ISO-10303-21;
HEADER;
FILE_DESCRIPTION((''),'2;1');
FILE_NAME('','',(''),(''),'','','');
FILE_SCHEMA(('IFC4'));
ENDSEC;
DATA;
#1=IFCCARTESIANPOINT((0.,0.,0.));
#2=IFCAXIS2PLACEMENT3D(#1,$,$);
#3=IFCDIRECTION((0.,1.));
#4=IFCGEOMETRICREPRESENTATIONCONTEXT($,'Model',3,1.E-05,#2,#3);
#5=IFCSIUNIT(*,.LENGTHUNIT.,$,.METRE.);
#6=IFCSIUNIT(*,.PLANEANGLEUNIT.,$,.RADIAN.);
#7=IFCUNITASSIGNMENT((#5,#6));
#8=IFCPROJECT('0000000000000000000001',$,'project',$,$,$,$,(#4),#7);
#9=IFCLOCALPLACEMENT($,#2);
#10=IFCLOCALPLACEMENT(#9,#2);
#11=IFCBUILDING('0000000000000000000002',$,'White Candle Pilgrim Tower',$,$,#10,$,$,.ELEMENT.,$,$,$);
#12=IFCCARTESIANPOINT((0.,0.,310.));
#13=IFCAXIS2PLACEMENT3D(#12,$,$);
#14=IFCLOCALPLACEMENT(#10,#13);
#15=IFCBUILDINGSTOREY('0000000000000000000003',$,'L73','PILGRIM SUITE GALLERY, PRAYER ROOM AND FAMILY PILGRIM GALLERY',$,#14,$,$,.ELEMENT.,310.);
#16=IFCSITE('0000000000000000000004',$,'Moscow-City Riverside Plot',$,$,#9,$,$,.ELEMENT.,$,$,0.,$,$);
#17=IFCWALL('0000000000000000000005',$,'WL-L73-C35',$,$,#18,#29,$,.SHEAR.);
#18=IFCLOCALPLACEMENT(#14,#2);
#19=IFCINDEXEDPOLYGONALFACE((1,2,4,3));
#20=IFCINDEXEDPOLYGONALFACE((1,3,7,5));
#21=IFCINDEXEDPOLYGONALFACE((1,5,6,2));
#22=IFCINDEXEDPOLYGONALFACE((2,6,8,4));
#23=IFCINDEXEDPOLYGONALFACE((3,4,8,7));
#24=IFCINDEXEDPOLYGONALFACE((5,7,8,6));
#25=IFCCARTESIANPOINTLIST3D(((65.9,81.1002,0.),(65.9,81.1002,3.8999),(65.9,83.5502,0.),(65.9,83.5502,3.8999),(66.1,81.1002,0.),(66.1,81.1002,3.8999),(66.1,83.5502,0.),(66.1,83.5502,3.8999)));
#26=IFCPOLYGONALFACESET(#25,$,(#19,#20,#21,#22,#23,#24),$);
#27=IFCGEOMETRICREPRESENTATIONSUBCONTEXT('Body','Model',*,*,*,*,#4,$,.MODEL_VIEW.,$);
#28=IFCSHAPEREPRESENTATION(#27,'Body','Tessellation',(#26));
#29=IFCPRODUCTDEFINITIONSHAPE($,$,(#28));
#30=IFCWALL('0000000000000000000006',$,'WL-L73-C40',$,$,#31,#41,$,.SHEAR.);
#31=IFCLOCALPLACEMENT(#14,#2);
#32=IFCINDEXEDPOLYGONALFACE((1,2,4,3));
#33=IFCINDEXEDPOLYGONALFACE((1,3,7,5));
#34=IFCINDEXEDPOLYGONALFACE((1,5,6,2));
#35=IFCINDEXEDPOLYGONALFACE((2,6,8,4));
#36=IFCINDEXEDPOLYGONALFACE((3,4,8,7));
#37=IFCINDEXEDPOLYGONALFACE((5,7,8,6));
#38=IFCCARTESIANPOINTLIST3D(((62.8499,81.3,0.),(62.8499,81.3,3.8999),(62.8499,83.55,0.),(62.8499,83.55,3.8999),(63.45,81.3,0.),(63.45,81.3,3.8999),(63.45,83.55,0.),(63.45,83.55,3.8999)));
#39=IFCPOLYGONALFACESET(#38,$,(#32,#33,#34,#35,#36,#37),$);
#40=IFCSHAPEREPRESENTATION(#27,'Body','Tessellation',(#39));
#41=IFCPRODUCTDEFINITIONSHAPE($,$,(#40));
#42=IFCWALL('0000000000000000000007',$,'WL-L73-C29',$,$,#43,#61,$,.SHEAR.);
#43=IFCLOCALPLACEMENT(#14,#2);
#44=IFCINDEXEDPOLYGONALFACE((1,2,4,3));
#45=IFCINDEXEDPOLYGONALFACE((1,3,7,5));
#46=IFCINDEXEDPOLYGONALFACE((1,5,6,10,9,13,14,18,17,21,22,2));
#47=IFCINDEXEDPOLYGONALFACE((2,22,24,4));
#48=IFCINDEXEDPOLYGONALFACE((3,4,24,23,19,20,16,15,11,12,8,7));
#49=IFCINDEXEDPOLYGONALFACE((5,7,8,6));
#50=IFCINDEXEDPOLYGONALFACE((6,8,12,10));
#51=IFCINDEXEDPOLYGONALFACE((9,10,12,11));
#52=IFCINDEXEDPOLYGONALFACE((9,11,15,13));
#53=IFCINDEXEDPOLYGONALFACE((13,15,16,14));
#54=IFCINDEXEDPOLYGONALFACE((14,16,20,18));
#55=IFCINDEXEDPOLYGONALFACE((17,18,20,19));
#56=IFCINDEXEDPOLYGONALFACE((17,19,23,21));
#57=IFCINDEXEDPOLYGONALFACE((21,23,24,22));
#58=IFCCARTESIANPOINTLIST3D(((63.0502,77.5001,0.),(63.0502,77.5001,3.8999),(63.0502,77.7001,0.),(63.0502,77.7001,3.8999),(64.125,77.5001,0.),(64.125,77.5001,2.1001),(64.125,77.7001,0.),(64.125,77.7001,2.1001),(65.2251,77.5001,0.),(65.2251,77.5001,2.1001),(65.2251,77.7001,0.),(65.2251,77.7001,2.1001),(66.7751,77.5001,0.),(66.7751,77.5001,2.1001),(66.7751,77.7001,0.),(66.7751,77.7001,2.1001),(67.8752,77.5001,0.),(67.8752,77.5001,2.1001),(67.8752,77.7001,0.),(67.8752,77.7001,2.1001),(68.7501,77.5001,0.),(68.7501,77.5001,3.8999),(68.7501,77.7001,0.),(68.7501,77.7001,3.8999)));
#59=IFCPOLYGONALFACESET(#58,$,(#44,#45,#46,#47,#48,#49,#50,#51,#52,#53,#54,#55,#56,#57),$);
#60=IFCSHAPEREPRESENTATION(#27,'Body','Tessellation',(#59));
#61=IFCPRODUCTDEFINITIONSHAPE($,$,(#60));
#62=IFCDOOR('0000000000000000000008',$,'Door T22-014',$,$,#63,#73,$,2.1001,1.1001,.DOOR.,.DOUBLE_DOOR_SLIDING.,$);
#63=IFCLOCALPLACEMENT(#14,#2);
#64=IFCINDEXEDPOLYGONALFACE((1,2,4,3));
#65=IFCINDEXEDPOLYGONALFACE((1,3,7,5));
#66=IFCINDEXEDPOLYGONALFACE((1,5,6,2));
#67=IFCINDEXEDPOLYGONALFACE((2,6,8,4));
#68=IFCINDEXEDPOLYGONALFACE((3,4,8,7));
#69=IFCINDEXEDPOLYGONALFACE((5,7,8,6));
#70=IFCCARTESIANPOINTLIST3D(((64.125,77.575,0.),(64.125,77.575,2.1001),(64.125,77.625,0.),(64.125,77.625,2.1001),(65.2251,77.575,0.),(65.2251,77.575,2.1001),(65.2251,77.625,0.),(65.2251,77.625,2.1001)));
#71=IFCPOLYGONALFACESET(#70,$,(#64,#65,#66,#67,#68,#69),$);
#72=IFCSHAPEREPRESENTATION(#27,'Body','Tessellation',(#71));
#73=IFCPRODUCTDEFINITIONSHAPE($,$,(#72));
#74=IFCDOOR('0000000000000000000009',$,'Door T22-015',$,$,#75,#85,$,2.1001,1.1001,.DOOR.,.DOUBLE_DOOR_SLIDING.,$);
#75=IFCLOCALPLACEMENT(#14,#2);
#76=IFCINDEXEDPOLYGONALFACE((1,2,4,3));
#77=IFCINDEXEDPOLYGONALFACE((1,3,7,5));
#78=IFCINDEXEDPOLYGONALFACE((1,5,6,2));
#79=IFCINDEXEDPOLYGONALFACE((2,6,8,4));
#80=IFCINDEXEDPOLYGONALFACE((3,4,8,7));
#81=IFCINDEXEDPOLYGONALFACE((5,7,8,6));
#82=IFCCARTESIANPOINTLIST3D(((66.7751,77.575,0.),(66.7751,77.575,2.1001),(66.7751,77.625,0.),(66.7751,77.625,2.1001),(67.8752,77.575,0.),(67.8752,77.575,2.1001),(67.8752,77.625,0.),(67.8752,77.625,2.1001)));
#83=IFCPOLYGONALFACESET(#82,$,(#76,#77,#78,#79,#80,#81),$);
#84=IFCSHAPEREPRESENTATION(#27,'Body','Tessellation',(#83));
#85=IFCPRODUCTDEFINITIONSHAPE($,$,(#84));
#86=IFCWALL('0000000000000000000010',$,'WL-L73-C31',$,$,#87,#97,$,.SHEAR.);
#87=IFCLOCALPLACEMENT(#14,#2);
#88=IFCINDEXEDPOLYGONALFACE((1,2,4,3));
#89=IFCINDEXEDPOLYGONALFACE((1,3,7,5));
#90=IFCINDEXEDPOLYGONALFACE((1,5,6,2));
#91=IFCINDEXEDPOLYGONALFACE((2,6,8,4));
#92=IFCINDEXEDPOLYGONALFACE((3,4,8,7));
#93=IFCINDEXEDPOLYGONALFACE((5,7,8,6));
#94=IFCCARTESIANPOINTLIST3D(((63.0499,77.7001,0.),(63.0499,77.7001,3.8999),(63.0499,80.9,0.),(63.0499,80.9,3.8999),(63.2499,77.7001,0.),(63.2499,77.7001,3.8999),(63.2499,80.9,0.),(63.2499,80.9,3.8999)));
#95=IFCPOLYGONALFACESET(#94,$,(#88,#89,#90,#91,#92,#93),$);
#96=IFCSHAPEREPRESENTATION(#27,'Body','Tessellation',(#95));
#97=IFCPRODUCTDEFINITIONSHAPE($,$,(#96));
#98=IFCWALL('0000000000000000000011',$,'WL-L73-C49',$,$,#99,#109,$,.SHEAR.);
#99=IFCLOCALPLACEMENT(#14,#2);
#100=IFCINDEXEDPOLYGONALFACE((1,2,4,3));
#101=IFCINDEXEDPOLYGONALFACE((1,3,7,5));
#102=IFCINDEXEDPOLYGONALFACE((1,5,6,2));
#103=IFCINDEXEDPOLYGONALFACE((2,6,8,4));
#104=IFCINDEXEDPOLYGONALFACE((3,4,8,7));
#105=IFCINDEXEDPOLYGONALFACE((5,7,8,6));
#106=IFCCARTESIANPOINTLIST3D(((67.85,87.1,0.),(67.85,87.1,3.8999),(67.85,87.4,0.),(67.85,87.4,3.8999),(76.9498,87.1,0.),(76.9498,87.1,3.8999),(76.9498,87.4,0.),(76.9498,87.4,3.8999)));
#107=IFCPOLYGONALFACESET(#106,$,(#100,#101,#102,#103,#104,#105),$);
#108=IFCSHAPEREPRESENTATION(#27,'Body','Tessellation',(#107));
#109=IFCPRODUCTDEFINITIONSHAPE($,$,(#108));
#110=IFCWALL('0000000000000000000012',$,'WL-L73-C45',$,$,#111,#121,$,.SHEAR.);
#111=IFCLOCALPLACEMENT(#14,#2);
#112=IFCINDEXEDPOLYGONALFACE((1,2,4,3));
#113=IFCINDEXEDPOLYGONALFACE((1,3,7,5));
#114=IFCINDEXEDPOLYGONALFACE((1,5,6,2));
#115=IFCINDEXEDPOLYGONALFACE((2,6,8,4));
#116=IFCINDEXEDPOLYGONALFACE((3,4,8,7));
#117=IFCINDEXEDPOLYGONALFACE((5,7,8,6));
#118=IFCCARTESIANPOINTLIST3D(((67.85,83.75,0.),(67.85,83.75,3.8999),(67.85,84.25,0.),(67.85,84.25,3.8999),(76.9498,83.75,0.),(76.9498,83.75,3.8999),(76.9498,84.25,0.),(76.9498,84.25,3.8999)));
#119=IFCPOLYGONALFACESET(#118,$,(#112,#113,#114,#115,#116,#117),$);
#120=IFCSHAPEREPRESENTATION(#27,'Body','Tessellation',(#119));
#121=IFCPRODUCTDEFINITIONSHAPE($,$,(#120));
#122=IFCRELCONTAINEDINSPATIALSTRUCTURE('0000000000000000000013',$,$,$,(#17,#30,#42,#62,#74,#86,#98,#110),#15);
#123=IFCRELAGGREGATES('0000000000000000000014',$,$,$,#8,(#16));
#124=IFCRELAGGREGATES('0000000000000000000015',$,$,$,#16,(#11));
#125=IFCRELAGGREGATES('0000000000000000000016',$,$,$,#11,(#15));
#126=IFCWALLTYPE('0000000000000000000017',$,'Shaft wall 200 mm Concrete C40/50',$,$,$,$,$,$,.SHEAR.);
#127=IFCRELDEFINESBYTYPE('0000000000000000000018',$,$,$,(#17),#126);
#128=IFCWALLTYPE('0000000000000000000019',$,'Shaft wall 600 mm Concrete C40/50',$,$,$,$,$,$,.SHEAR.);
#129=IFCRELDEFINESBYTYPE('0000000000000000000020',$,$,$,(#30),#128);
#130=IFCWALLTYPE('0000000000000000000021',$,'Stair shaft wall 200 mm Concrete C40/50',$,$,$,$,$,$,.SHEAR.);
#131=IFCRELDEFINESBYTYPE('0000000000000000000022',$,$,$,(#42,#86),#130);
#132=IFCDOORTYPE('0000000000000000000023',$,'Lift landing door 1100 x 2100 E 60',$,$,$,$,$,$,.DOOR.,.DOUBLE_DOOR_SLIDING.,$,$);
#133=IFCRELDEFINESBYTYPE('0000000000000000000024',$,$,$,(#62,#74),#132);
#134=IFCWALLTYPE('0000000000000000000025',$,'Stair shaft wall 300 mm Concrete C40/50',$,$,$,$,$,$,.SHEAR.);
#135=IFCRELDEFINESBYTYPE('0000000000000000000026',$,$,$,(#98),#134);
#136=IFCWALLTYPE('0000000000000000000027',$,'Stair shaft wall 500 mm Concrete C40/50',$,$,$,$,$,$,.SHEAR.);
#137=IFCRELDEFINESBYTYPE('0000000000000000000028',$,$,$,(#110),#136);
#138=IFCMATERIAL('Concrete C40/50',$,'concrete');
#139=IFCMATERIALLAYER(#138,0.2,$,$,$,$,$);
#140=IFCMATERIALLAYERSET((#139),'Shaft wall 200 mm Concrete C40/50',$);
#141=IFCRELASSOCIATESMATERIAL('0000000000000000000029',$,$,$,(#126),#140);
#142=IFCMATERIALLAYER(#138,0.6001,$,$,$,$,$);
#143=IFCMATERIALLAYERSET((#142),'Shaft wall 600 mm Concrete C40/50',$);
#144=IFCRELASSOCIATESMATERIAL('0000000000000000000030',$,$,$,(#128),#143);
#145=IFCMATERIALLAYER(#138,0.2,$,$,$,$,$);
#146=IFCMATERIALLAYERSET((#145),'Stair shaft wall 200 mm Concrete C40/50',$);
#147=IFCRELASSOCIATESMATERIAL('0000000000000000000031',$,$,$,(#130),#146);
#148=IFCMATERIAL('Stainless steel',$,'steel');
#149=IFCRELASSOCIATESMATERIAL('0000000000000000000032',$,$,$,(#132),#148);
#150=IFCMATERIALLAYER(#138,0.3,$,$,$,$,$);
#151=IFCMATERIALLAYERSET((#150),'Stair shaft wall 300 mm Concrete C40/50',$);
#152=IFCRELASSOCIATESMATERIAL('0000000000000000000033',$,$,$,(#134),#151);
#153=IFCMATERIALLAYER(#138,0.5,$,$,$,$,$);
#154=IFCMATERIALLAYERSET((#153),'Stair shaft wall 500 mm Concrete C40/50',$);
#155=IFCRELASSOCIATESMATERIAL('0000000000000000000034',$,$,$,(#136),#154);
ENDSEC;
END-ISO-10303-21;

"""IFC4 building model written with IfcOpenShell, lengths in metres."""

from ifc_helpers import new_model, si_unit, direction, frame, frame_2d, origin, place, context, subcontext, project, spatial, rectangle, extrude, material, layer, layer_set, type_object, element, fill, save


model = new_model("IFC4")

# Units and contexts
model_context = context("Model", 3, precision=1e-05, world=origin(), true_north=direction((0.0, 1.0)))
body_context = subcontext(model_context, "Body", "Model", "MODEL_VIEW")
ifc_project = project(units=[si_unit("LENGTHUNIT", "METRE"), si_unit("PLANEANGLEUNIT", "RADIAN")], contexts=[model_context])

# Site, building, storey
site_placement = place(None, origin())
site = spatial("IfcSite", under=ifc_project, at=site_placement, Name="Moscow-City Riverside Plot", CompositionType="ELEMENT", RefElevation=0.0)
building_placement = place(site_placement, origin())
building = spatial("IfcBuilding", under=site, at=building_placement, Name="White Candle Pilgrim Tower", CompositionType="ELEMENT")
storey_placement = place(building_placement, frame((0.0, 0.0, 310.0)))
storey = spatial("IfcBuildingStorey", under=building, at=storey_placement, Name="L73", Description="PILGRIM SUITE GALLERY, PRAYER ROOM AND FAMILY PILGRIM GALLERY", CompositionType="ELEMENT", Elevation=310.0)

# Shared definitions
ifc_material_1 = material(Name="Concrete C40/50", Category="concrete")

# Shared definitions
ifc_material_2 = material(Name="Stainless steel", Category="steel")

# Walls
ifc_layer_1 = layer(ifc_material_1, 0.2)
ifc_layer_set_1 = layer_set([ifc_layer_1], Name="Shaft wall 200 mm Concrete C40/50")
wall_type_1 = type_object("IfcWallType", Name="Shaft wall 200 mm Concrete C40/50", PredefinedType="SHEAR", material=ifc_layer_set_1)
wall_1_placement = place(storey_placement, frame((66.0, 81.1001, 0.0), z_axis=(0.0, 0.0, 1.0), x_axis=(0.0, 1.0, 0.0)))
element("IfcWall", 1, at=wall_1_placement, inside=storey, type_object=wall_type_1, Name="WL-L73-C35", PredefinedType="SHEAR", context=body_context, shape_type="SweptSolid", body=[
    extrude(rectangle(XDim=2.45, YDim=0.2, at=frame_2d((1.2251, 0.0))), origin(), (0.0, 0.0, 1.0), 3.8999),
])
ifc_layer_2 = layer(ifc_material_1, 0.6001)
ifc_layer_set_2 = layer_set([ifc_layer_2], Name="Shaft wall 600 mm Concrete C40/50")
wall_type_2 = type_object("IfcWallType", Name="Shaft wall 600 mm Concrete C40/50", PredefinedType="SHEAR", material=ifc_layer_set_2)
wall_2_placement = place(storey_placement, frame((63.1499, 81.3, 0.0), z_axis=(0.0, 0.0, 1.0), x_axis=(0.0, 1.0, 0.0)))
element("IfcWall", 2, at=wall_2_placement, inside=storey, type_object=wall_type_2, Name="WL-L73-C40", PredefinedType="SHEAR", context=body_context, shape_type="SweptSolid", body=[
    extrude(rectangle(XDim=2.25, YDim=0.6001, at=frame_2d((1.125, 0.0))), origin(), (0.0, 0.0, 1.0), 3.8999),
])

# Wall, openings, doors
ifc_layer_3 = layer(ifc_material_1, 0.2)
ifc_layer_set_3 = layer_set([ifc_layer_3], Name="Stair shaft wall 200 mm Concrete C40/50")
wall_type_3 = type_object("IfcWallType", Name="Stair shaft wall 200 mm Concrete C40/50", PredefinedType="SHEAR", material=ifc_layer_set_3)
wall_3_placement = place(storey_placement, frame((63.05, 77.6001, 0.0), z_axis=(0.0, 0.0, 1.0), x_axis=(1.0, 0.0, 0.0)))
wall_3 = element("IfcWall", 3, at=wall_3_placement, inside=storey, type_object=wall_type_3, Name="WL-L73-C29", PredefinedType="SHEAR", context=body_context, shape_type="SweptSolid", body=[
    extrude(rectangle(XDim=5.7, YDim=0.2, at=frame_2d((2.8501, 0.0))), origin(), (0.0, 0.0, 1.0), 3.8999),
])
opening_1_placement = place(wall_3_placement, frame((1.075, 0.0, 0.0)))
opening_1 = element("IfcOpeningElement", 4, at=opening_1_placement, cuts=wall_3, PredefinedType="OPENING", context=body_context, shape_type="SweptSolid", body=[
    extrude(rectangle(XDim=1.1001, YDim=2.1001, at=frame_2d((0.55, 1.05))), frame((0.0, 0.1099, 0.0), z_axis=(0.0, -1.0, 0.0), x_axis=(1.0, 0.0, 0.0)), (0.0, 0.0, 1.0), 0.22),
])
opening_2_placement = place(wall_3_placement, frame((3.7251, 0.0, 0.0)))
opening_2 = element("IfcOpeningElement", 5, at=opening_2_placement, cuts=wall_3, PredefinedType="OPENING", context=body_context, shape_type="SweptSolid", body=[
    extrude(rectangle(XDim=1.1001, YDim=2.1001, at=frame_2d((0.55, 1.05))), frame((0.0, 0.1099, 0.0), z_axis=(0.0, -1.0, 0.0), x_axis=(1.0, 0.0, 0.0)), (0.0, 0.0, 1.0), 0.22),
])
door_type_1 = type_object("IfcDoorType", Name="Lift landing door 1100 x 2100 E 60", OperationType="DOUBLE_DOOR_SLIDING", PredefinedType="DOOR", material=ifc_material_2)
door_1_placement = place(opening_1_placement, origin())
door_1 = element("IfcDoor", 6, at=door_1_placement, inside=storey, type_object=door_type_1, Name="Door T22-014", OperationType="DOUBLE_DOOR_SLIDING", OverallHeight=2.1001, OverallWidth=1.1001, PredefinedType="DOOR", context=body_context, shape_type="SweptSolid", body=[
    extrude(rectangle(XDim=1.1001, YDim=2.1001, at=frame_2d((0.55, 1.05))), frame((0.0, 0.0249, 0.0), z_axis=(0.0, -1.0, 0.0), x_axis=(1.0, 0.0, 0.0)), (0.0, 0.0, 1.0), 0.05),
])
fill(opening_1, door_1)
door_2_placement = place(opening_2_placement, origin())
door_2 = element("IfcDoor", 7, at=door_2_placement, inside=storey, type_object=door_type_1, Name="Door T22-015", OperationType="DOUBLE_DOOR_SLIDING", OverallHeight=2.1001, OverallWidth=1.1001, PredefinedType="DOOR", context=body_context, shape_type="SweptSolid", body=[
    extrude(rectangle(XDim=1.1001, YDim=2.1001, at=frame_2d((0.55, 1.05))), frame((0.0, 0.0249, 0.0), z_axis=(0.0, -1.0, 0.0), x_axis=(1.0, 0.0, 0.0)), (0.0, 0.0, 1.0), 0.05),
])
fill(opening_2, door_2)

# Walls
wall_4_placement = place(storey_placement, frame((63.1499, 77.7, 0.0), z_axis=(0.0, 0.0, 1.0), x_axis=(0.0, 1.0, 0.0)))
element("IfcWall", 8, at=wall_4_placement, inside=storey, type_object=wall_type_3, Name="WL-L73-C31", PredefinedType="SHEAR", context=body_context, shape_type="SweptSolid", body=[
    extrude(rectangle(XDim=3.2, YDim=0.2, at=frame_2d((1.6001, 0.0))), origin(), (0.0, 0.0, 1.0), 3.8999),
])
ifc_layer_4 = layer(ifc_material_1, 0.3)
ifc_layer_set_4 = layer_set([ifc_layer_4], Name="Stair shaft wall 300 mm Concrete C40/50")
wall_type_4 = type_object("IfcWallType", Name="Stair shaft wall 300 mm Concrete C40/50", PredefinedType="SHEAR", material=ifc_layer_set_4)
wall_5_placement = place(storey_placement, frame((67.8501, 87.25, 0.0), z_axis=(0.0, 0.0, 1.0), x_axis=(1.0, 0.0, 0.0)))
element("IfcWall", 9, at=wall_5_placement, inside=storey, type_object=wall_type_4, Name="WL-L73-C49", PredefinedType="SHEAR", context=body_context, shape_type="SweptSolid", body=[
    extrude(rectangle(XDim=9.0999, YDim=0.3, at=frame_2d((4.5498, 0.0))), origin(), (0.0, 0.0, 1.0), 3.8999),
])
ifc_layer_5 = layer(ifc_material_1, 0.5)
ifc_layer_set_5 = layer_set([ifc_layer_5], Name="Stair shaft wall 500 mm Concrete C40/50")
wall_type_5 = type_object("IfcWallType", Name="Stair shaft wall 500 mm Concrete C40/50", PredefinedType="SHEAR", material=ifc_layer_set_5)
wall_6_placement = place(storey_placement, frame((67.8501, 84.0, 0.0), z_axis=(0.0, 0.0, 1.0), x_axis=(1.0, 0.0, 0.0)))
element("IfcWall", 10, at=wall_6_placement, inside=storey, type_object=wall_type_5, Name="WL-L73-C45", PredefinedType="SHEAR", context=body_context, shape_type="SweptSolid", body=[
    extrude(rectangle(XDim=9.0999, YDim=0.5, at=frame_2d((4.5498, 0.0))), origin(), (0.0, 0.0, 1.0), 3.8999),
])

save(model, "model.ifc")
